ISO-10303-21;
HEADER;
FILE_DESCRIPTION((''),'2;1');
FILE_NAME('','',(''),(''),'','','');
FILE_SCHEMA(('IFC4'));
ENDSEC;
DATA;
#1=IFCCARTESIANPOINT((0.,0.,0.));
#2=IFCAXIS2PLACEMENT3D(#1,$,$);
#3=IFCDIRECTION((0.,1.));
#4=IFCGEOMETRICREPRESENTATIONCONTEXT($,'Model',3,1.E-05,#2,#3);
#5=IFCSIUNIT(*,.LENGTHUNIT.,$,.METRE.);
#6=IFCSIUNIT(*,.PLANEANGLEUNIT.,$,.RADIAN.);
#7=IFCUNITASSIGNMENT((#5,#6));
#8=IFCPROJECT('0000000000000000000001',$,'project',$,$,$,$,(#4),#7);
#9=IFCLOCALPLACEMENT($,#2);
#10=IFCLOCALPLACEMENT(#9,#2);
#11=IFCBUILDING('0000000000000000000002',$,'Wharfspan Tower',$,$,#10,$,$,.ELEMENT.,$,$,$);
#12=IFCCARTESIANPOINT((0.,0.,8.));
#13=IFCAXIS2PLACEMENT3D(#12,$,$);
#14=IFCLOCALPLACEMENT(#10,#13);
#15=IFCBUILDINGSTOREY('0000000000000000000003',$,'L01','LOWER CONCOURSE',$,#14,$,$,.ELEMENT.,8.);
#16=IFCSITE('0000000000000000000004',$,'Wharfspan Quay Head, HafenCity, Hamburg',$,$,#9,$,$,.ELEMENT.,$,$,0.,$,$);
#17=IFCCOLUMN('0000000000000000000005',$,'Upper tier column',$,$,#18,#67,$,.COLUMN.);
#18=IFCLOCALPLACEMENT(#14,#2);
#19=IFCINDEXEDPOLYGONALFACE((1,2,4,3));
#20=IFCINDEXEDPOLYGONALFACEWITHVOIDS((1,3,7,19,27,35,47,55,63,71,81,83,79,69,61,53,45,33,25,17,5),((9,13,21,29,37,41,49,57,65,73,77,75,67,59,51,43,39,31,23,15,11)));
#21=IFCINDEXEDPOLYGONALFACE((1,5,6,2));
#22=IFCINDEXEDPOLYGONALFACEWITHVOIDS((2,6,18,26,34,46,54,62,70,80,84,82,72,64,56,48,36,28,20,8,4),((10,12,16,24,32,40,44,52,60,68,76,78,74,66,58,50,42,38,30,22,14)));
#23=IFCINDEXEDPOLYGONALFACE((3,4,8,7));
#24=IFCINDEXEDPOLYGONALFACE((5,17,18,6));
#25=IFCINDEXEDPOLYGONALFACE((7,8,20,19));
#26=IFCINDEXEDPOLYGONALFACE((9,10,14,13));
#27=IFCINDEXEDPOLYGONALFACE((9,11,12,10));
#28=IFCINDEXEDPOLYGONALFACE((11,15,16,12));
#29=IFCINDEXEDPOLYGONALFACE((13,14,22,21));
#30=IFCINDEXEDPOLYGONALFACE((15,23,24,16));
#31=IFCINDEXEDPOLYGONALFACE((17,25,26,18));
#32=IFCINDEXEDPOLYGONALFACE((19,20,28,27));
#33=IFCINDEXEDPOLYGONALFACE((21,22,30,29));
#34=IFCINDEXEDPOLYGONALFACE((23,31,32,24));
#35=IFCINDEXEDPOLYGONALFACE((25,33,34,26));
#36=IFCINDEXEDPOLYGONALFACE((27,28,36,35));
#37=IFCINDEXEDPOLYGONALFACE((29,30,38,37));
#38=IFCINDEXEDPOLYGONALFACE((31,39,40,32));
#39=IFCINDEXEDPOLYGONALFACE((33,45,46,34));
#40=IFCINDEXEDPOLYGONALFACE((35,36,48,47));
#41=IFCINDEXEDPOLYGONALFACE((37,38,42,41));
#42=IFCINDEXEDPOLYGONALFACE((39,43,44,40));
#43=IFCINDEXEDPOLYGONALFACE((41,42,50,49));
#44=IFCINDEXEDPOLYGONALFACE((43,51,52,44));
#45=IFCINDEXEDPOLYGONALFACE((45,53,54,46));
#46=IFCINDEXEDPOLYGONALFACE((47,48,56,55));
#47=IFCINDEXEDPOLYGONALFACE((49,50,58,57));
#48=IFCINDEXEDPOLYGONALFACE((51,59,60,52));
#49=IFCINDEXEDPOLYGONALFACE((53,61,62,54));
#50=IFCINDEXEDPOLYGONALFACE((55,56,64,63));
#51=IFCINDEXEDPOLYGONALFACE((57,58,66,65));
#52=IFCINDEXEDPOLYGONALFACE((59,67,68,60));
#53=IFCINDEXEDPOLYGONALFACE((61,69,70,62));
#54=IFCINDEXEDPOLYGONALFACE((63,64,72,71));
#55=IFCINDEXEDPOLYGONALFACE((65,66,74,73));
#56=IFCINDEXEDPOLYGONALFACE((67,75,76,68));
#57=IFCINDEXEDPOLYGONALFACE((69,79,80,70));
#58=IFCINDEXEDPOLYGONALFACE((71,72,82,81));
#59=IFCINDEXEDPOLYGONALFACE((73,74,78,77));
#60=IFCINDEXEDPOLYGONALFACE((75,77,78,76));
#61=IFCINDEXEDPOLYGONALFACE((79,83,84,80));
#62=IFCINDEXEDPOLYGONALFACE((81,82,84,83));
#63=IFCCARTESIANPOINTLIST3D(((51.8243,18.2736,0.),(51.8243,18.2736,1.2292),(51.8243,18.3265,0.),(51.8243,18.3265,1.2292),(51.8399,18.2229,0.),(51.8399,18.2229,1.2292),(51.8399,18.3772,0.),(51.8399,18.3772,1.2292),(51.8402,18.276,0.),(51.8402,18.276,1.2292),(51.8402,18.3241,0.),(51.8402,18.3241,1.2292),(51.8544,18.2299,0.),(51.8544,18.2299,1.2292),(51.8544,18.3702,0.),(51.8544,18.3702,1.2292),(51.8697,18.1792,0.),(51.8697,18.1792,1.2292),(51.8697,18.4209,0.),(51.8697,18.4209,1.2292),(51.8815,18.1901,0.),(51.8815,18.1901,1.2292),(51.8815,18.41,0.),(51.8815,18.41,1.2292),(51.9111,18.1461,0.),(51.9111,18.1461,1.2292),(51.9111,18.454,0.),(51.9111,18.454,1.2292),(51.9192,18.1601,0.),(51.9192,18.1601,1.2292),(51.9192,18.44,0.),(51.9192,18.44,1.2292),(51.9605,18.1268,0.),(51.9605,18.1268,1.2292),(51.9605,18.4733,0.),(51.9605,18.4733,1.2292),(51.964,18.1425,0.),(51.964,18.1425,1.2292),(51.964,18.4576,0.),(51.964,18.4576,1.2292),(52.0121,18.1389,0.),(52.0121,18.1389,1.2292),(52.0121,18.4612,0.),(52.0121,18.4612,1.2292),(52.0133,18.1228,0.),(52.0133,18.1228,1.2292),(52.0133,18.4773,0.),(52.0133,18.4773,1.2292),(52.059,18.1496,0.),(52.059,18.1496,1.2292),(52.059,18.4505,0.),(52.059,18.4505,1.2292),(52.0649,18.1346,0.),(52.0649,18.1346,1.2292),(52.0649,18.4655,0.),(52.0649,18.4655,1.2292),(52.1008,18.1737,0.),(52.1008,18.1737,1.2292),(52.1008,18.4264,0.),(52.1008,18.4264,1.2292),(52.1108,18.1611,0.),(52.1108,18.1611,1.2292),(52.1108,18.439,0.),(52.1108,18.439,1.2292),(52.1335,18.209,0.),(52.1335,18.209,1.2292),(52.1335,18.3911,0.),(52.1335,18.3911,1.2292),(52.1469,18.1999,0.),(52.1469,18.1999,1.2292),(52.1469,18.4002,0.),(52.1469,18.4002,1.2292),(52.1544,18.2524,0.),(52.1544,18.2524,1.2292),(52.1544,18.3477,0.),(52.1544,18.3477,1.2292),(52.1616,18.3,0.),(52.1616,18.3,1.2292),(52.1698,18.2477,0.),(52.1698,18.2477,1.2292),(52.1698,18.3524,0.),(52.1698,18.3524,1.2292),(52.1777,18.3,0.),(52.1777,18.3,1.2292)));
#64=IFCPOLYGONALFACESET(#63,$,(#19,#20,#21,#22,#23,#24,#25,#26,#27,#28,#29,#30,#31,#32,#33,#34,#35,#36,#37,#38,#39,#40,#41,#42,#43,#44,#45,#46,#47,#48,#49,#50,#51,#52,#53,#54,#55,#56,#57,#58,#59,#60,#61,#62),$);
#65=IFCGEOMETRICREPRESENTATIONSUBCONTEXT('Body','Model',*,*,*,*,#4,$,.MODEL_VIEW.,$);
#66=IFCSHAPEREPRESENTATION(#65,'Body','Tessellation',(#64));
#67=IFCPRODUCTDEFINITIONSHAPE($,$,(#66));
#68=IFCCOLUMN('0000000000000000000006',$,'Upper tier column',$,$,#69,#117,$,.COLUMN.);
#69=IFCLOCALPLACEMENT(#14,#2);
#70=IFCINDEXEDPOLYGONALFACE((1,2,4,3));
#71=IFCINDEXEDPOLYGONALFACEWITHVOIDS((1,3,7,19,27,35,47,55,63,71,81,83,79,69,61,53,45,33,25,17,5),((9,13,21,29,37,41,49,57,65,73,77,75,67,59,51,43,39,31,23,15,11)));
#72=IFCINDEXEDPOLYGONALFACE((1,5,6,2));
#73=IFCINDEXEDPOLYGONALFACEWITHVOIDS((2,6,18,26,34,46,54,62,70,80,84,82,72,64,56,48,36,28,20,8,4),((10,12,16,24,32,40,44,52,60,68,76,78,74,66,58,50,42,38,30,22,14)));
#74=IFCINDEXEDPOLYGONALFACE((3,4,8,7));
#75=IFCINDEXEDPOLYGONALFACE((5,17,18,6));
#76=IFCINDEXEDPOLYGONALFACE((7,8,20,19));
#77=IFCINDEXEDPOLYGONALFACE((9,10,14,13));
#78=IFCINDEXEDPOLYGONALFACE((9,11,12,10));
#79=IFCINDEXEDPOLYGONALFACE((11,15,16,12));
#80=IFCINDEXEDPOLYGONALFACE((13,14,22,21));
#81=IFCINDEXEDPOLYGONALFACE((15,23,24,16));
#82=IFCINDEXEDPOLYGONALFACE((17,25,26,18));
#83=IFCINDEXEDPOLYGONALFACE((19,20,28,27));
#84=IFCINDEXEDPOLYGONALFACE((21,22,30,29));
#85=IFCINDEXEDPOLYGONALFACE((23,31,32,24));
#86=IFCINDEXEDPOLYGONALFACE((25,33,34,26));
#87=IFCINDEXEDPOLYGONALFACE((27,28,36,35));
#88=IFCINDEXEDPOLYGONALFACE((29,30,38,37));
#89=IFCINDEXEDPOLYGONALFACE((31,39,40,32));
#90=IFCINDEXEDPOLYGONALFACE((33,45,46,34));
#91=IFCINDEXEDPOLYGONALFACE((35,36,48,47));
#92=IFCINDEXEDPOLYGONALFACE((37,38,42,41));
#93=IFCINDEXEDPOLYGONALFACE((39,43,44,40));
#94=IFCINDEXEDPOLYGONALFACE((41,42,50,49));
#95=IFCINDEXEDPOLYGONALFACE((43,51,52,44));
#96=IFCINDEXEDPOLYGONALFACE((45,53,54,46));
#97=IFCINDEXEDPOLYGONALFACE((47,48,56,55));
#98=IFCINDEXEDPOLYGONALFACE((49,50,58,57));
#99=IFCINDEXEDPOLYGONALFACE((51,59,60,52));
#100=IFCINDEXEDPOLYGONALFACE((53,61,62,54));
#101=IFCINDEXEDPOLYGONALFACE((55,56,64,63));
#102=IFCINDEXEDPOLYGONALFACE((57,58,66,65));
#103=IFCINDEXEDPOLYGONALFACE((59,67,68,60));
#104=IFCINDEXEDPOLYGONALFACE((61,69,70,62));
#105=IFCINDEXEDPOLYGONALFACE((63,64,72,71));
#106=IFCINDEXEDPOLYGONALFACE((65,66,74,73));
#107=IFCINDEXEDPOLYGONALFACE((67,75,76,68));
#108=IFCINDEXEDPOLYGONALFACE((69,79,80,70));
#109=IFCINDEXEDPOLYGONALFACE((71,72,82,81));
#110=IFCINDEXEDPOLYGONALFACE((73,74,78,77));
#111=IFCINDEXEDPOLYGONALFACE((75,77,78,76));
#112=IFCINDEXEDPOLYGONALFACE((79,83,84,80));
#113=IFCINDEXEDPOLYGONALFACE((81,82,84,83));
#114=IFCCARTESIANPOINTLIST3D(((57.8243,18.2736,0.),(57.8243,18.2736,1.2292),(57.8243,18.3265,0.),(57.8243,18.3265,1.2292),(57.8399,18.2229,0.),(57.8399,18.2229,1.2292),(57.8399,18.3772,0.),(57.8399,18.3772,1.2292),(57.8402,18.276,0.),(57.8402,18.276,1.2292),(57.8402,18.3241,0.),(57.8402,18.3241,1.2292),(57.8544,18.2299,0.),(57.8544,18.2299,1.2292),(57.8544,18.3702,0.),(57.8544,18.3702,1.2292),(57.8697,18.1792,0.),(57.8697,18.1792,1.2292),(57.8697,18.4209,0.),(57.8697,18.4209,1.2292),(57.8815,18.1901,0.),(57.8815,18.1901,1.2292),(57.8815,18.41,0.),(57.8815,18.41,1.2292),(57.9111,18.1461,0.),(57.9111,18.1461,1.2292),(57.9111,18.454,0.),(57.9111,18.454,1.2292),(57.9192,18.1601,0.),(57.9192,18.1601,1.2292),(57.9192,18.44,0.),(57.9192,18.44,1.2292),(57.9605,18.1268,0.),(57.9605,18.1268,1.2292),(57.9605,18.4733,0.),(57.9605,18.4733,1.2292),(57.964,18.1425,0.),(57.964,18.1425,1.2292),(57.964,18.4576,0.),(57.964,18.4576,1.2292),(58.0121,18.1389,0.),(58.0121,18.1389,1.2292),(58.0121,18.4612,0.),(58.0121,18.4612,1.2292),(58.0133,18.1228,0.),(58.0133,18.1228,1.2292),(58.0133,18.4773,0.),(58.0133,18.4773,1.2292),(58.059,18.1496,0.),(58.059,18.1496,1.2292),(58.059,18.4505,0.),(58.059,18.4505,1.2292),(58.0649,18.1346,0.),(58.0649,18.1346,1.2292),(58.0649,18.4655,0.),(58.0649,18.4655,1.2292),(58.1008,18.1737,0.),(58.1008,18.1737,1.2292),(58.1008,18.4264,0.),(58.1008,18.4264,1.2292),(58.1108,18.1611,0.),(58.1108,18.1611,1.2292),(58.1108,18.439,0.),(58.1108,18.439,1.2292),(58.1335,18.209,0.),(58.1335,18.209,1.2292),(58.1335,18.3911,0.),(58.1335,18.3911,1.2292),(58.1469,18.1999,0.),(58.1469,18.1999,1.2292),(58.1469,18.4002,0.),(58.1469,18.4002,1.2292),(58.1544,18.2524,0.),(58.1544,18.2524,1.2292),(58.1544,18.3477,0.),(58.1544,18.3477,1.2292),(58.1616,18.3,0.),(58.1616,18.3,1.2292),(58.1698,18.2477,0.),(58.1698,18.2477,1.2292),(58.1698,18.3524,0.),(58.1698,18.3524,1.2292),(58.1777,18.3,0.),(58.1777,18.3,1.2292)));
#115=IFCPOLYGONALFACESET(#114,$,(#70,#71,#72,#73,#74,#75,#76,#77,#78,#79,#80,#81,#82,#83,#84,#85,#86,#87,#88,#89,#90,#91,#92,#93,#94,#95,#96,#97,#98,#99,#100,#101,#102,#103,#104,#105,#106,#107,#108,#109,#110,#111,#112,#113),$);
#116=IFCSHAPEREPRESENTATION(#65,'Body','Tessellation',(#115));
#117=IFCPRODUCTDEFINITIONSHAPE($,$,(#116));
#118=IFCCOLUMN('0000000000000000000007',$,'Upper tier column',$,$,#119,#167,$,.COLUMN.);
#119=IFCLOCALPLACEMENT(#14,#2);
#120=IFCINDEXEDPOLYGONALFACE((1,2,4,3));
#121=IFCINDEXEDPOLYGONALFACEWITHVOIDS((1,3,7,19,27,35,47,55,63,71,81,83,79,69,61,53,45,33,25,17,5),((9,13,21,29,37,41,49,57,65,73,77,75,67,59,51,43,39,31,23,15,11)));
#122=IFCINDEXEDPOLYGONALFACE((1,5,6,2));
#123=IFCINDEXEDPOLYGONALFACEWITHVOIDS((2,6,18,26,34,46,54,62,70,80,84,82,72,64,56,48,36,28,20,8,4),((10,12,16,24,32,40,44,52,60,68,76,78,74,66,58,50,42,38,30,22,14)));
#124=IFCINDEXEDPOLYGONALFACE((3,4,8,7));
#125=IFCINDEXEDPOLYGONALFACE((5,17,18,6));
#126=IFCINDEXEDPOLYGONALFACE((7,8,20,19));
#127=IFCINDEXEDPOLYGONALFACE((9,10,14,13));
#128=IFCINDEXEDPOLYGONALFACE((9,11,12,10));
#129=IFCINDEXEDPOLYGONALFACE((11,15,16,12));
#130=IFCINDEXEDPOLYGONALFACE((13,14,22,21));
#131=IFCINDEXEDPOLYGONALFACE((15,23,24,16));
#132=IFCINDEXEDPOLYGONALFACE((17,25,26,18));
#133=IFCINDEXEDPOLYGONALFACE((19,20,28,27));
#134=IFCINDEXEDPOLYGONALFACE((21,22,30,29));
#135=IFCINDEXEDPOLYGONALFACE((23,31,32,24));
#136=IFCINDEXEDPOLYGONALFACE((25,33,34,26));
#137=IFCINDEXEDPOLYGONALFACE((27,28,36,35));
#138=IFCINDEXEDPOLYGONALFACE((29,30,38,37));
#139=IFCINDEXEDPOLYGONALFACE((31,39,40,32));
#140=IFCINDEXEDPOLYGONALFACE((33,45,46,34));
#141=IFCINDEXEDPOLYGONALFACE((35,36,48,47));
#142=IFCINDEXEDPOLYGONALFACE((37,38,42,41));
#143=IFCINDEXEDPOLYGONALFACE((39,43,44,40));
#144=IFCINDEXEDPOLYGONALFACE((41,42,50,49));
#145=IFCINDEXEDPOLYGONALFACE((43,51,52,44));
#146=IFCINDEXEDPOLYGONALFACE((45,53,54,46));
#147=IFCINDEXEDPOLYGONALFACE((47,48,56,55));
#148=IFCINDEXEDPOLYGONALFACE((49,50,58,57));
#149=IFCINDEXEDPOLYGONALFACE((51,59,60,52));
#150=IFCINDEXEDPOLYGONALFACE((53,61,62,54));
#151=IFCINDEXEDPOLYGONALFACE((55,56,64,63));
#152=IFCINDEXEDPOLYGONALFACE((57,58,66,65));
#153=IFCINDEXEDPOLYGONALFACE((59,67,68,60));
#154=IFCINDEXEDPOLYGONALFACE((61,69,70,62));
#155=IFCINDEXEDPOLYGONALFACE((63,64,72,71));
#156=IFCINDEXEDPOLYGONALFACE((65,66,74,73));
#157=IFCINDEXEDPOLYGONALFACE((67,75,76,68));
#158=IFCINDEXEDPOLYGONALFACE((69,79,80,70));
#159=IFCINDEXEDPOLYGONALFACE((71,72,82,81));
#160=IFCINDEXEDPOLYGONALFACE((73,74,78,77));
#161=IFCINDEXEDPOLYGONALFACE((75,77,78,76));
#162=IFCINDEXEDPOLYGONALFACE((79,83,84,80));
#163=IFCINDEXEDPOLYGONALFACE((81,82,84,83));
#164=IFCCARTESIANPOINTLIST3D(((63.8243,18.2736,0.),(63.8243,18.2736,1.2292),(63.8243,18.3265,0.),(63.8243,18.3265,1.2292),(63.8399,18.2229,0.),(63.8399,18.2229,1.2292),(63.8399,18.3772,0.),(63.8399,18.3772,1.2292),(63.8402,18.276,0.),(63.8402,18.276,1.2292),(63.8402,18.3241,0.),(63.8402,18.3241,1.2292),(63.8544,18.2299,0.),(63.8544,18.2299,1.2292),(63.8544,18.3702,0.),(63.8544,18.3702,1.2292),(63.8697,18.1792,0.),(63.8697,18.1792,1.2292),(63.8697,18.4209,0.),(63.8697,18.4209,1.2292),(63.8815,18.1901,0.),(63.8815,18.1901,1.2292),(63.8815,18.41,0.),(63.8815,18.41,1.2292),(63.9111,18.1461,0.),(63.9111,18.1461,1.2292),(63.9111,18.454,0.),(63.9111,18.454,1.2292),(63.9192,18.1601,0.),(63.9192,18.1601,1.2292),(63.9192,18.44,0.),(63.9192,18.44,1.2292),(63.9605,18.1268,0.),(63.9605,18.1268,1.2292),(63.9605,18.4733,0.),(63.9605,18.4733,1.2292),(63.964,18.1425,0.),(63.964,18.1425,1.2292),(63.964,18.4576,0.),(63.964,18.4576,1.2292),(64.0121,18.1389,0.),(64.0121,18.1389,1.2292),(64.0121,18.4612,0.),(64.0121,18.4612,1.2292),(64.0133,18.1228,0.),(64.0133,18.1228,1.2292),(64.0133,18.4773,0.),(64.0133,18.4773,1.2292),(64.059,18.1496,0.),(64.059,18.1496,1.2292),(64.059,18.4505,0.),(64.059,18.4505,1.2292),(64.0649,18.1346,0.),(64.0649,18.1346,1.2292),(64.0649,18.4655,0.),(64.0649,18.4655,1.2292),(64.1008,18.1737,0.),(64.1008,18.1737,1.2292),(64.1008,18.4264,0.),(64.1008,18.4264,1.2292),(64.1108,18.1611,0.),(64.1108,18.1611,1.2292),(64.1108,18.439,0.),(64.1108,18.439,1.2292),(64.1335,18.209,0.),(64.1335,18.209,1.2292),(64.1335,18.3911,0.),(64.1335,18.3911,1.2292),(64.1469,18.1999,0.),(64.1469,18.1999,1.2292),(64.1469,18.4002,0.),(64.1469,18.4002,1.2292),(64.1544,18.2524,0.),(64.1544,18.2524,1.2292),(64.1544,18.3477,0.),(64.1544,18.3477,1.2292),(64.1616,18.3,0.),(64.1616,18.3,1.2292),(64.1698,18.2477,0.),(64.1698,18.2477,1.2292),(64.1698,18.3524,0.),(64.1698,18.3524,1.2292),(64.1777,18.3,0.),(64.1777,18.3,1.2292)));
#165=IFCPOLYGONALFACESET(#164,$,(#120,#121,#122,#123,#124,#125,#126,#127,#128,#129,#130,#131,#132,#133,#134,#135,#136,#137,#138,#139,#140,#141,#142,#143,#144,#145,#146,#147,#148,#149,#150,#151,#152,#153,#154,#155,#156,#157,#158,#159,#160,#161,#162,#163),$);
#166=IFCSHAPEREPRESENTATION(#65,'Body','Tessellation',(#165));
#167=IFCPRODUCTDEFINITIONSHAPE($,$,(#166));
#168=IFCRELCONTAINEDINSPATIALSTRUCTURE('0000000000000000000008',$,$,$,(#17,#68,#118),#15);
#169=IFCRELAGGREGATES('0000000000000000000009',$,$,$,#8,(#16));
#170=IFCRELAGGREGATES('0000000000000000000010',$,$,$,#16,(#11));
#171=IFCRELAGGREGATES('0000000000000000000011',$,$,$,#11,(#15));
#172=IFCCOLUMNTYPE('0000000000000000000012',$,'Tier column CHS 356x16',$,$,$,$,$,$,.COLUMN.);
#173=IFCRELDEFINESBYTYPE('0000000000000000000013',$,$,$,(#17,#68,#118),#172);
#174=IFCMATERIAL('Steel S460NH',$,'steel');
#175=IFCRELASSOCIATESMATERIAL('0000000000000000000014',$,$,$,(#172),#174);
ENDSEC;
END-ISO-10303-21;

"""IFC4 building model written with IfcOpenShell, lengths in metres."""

from ifc_helpers import new_model, si_unit, direction, frame, origin, origin_2d, place, context, subcontext, project, spatial, hollow_circle, extrude, material, material_profile, profile_set, type_object, element, save


model = new_model("IFC4")

# Units and contexts
model_context = context("Model", 3, precision=1e-05, world=origin(), true_north=direction((0.0, 1.0)))
body_context = subcontext(model_context, "Body", "Model", "MODEL_VIEW")
ifc_project = project(units=[si_unit("LENGTHUNIT", "METRE"), si_unit("PLANEANGLEUNIT", "RADIAN")], contexts=[model_context])

# Site, building, storey
site_placement = place(None, origin())
site = spatial("IfcSite", under=ifc_project, at=site_placement, Name="Wharfspan Quay Head, HafenCity, Hamburg", CompositionType="ELEMENT", RefElevation=0.0)
building_placement = place(site_placement, origin())
building = spatial("IfcBuilding", under=site, at=building_placement, Name="Wharfspan Tower", CompositionType="ELEMENT")
storey_placement = place(building_placement, frame((0.0, 0.0, 8.0)))
storey = spatial("IfcBuildingStorey", under=building, at=storey_placement, Name="L01", Description="LOWER CONCOURSE", CompositionType="ELEMENT", Elevation=8.0)

# Columns
ifc_material_1 = material(Name="Steel S460NH", Category="steel")
ifc_material_profile_1 = material_profile(ifc_material_1, hollow_circle(Radius=0.1777, WallThickness=0.0161, at=origin_2d()))
ifc_profile_set_1 = profile_set([ifc_material_profile_1], Name="Steel S460NH")
column_type_1 = type_object("IfcColumnType", Name="Tier column CHS 356x16", PredefinedType="COLUMN", material=ifc_profile_set_1)
for number, where, z_axis, x_axis, name in (
    (1, (52.0, 18.3, 0.0), (0.0, 0.0, 1.0), (1.0, 0.0, 0.0), "Upper tier column"),
    (2, (58.0, 18.3, 0.0), (0.0, 0.0, 1.0), (1.0, 0.0, 0.0), "Upper tier column"),
    (3, (64.0, 18.3, 0.0), (0.0, 0.0, 1.0), (1.0, 0.0, 0.0), "Upper tier column"),
):
    element("IfcColumn", number, at=place(storey_placement, frame(where, z_axis=z_axis, x_axis=x_axis)), inside=storey, type_object=column_type_1, Name=name, PredefinedType="COLUMN", context=body_context, shape_type="SweptSolid", body=[
        extrude(hollow_circle(Radius=0.1777, WallThickness=0.0161, at=origin_2d()), origin(), (0.0, 0.0, 1.0), 1.2292),
    ])

save(model, "model.ifc")
